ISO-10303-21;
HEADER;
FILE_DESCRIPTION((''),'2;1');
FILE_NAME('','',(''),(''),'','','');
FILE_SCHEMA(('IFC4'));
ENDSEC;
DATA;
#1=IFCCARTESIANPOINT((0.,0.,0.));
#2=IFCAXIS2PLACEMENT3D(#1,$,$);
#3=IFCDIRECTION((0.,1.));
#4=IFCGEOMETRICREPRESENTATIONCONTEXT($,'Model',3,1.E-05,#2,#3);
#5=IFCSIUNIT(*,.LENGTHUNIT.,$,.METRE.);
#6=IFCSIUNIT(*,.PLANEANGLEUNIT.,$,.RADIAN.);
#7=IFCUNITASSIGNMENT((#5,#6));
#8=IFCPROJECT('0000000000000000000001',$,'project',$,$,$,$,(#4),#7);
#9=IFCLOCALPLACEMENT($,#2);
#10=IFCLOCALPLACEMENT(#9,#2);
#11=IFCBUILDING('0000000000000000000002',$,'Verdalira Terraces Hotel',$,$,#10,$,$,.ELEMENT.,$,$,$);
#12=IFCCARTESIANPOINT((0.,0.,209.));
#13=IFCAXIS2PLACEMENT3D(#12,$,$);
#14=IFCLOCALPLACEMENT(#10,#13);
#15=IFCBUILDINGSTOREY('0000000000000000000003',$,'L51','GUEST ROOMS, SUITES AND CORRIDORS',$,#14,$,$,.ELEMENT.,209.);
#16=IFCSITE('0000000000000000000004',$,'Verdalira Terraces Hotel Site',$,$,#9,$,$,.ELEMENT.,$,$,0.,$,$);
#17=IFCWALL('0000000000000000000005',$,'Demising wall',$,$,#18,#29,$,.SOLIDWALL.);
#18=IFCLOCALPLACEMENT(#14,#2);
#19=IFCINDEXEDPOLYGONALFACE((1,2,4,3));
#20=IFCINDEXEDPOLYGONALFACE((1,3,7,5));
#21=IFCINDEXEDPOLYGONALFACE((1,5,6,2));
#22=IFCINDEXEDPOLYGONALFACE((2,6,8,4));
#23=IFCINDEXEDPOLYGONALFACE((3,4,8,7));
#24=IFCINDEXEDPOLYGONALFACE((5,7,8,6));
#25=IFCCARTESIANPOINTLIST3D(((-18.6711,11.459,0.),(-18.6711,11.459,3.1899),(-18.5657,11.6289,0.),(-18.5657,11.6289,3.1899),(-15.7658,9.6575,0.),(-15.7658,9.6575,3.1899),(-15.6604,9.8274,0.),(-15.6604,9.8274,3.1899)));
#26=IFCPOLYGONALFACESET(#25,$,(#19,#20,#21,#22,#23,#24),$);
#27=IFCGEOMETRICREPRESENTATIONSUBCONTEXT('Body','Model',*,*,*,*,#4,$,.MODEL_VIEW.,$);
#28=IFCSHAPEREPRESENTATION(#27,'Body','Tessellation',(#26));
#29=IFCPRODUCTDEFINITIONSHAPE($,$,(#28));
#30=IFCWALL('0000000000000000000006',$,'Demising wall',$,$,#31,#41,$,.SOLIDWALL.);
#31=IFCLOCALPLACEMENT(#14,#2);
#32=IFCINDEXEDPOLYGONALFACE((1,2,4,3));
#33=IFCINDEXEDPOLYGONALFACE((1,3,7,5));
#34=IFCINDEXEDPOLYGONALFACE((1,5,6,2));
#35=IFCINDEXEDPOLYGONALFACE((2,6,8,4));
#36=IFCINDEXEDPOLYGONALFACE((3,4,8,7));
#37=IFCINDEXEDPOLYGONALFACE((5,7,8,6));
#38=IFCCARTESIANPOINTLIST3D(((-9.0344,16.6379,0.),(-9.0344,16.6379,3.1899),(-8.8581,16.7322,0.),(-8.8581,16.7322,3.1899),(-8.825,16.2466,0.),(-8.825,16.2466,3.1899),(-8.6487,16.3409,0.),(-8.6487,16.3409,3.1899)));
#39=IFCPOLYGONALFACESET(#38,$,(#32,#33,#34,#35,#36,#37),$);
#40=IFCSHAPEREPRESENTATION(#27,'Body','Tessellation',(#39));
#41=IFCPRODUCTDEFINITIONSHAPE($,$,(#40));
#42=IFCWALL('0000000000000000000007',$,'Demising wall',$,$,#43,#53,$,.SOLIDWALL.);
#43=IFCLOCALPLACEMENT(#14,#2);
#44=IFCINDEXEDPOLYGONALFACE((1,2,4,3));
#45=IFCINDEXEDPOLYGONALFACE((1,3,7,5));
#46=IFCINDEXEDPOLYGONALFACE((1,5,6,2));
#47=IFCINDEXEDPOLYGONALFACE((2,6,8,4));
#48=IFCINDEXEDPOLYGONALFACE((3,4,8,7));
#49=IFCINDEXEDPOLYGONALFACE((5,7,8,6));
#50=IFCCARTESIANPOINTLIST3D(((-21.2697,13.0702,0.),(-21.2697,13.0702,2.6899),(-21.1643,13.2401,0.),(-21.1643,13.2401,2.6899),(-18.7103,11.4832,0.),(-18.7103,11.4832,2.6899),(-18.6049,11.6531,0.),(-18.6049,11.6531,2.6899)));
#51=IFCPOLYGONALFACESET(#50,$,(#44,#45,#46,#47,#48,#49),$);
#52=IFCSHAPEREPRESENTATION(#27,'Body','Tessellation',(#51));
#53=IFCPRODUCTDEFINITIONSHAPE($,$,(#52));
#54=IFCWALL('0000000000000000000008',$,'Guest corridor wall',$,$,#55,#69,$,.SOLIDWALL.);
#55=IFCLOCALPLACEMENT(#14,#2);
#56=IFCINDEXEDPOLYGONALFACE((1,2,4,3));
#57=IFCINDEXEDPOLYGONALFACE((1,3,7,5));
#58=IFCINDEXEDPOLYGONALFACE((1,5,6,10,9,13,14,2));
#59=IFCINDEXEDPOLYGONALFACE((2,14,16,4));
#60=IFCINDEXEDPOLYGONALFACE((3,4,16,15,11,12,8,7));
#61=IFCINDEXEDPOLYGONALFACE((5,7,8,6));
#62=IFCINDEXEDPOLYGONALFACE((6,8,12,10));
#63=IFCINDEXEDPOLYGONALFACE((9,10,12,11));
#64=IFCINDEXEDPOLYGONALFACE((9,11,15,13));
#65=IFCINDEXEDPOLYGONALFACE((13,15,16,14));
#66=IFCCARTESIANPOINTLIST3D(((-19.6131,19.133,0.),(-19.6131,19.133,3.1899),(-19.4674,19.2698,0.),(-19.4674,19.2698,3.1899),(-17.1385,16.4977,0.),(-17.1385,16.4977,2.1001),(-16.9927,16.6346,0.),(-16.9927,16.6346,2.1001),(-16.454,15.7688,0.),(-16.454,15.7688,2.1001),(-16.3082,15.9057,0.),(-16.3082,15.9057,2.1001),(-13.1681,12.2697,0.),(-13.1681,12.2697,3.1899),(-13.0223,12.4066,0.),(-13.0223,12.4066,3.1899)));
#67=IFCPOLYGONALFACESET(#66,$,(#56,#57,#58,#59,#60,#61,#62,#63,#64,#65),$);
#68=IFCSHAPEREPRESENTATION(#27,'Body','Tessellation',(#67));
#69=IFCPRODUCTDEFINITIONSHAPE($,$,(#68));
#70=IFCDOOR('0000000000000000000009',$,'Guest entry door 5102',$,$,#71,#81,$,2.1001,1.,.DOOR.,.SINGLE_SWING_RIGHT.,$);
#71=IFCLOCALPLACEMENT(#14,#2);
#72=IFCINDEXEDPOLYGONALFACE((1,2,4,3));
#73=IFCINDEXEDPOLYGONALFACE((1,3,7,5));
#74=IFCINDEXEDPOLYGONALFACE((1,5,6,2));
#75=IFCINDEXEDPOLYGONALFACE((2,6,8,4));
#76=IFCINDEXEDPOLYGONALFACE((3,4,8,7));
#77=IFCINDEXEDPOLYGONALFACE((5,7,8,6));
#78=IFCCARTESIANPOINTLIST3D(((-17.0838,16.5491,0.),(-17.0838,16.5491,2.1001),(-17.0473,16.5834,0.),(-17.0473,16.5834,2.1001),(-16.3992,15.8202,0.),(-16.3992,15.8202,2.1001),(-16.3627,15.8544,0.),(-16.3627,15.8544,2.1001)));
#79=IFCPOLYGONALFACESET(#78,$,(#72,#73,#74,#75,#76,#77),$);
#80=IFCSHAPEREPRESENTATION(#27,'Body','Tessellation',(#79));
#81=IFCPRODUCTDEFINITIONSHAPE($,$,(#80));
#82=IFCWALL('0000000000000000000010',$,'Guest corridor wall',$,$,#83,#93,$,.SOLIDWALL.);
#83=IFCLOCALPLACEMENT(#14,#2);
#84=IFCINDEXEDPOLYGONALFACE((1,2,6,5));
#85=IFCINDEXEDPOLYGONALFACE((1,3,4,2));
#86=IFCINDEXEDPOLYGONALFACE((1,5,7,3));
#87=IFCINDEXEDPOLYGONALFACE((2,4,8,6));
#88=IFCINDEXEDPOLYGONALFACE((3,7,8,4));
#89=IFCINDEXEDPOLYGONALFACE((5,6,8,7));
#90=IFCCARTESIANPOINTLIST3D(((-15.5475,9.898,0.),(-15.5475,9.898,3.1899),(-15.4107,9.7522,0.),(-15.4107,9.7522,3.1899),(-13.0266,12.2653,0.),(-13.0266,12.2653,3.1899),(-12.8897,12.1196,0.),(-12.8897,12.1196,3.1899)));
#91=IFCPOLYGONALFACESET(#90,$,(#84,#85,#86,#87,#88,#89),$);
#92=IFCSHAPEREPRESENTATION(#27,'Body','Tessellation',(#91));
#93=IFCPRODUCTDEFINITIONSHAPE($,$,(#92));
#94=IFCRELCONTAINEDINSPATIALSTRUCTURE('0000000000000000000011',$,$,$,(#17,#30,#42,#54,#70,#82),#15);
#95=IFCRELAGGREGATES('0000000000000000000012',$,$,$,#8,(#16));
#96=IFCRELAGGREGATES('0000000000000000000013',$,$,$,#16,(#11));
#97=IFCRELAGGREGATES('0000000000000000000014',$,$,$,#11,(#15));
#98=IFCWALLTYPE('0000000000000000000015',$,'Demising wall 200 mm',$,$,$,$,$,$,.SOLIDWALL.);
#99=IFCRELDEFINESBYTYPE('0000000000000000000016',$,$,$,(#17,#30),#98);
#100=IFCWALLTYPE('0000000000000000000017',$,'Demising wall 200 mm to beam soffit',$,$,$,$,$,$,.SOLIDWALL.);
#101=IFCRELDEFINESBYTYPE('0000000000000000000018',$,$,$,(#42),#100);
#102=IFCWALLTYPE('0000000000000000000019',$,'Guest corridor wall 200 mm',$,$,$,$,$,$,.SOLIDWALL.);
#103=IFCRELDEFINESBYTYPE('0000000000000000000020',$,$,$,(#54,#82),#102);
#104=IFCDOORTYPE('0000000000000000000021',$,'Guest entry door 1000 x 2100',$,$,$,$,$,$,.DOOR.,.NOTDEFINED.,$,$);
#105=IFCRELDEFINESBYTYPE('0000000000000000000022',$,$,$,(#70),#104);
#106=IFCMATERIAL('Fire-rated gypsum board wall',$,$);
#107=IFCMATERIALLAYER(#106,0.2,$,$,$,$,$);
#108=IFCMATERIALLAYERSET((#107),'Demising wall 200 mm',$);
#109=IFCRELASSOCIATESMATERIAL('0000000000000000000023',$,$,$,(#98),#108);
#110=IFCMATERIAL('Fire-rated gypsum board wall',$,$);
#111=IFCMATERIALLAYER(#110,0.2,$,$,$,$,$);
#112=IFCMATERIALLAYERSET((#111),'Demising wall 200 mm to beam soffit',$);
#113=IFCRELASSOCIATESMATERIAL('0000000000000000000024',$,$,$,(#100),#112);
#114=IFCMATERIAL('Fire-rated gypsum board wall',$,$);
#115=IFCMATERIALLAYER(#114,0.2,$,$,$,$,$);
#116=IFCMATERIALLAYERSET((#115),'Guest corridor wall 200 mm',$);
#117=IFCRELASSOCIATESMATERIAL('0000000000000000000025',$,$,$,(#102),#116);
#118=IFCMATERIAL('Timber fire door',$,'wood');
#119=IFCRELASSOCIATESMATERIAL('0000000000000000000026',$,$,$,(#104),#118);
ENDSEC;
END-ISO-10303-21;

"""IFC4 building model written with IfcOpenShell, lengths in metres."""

from ifc_helpers import new_model, si_unit, direction, frame, frame_2d, origin, place, context, subcontext, project, spatial, rectangle, extrude, material, layer, layer_set, type_object, element, fill, save


model = new_model("IFC4")

# Units and contexts
model_context = context("Model", 3, precision=1e-05, world=origin(), true_north=direction((0.0, 1.0)))
body_context = subcontext(model_context, "Body", "Model", "MODEL_VIEW")
ifc_project = project(units=[si_unit("LENGTHUNIT", "METRE"), si_unit("PLANEANGLEUNIT", "RADIAN")], contexts=[model_context])

# Site, building, storey
site_placement = place(None, origin())
site = spatial("IfcSite", under=ifc_project, at=site_placement, Name="Verdalira Terraces Hotel Site", CompositionType="ELEMENT", RefElevation=0.0)
building_placement = place(site_placement, origin())
building = spatial("IfcBuilding", under=site, at=building_placement, Name="Verdalira Terraces Hotel", CompositionType="ELEMENT")
storey_placement = place(building_placement, frame((0.0, 0.0, 209.0)))
storey = spatial("IfcBuildingStorey", under=building, at=storey_placement, Name="L51", Description="GUEST ROOMS, SUITES AND CORRIDORS", CompositionType="ELEMENT", Elevation=209.0)

# Walls
ifc_material_1 = material(Name="Fire-rated gypsum board wall")
ifc_layer_1 = layer(ifc_material_1, 0.2)
ifc_layer_set_1 = layer_set([ifc_layer_1], Name="Demising wall 200 mm")
wall_type_1 = type_object("IfcWallType", Name="Demising wall 200 mm", PredefinedType="SOLIDWALL", material=ifc_layer_set_1)
wall_1_placement = place(storey_placement, frame((-15.7131, 9.7424, 0.0), z_axis=(0.0, 0.0, 1.0), x_axis=(-0.849871, 0.526991, 0.0)))
element("IfcWall", 1, at=wall_1_placement, inside=storey, type_object=wall_type_1, Name="Demising wall", PredefinedType="SOLIDWALL", context=body_context, shape_type="SweptSolid", body=[
    extrude(rectangle(XDim=3.4185, YDim=0.2, at=frame_2d((1.7092, 0.0))), origin(), (0.0, 0.0, 1.0), 3.1899),
])
wall_2_placement = place(storey_placement, frame((-8.9463, 16.6851, 0.0), z_axis=(0.0, 0.0, 1.0), x_axis=(0.471901, -0.881652, 0.0)))
element("IfcWall", 2, at=wall_2_placement, inside=storey, type_object=wall_type_1, Name="Demising wall", PredefinedType="SOLIDWALL", context=body_context, shape_type="SweptSolid", body=[
    extrude(rectangle(XDim=0.4438, YDim=0.2, at=frame_2d((0.2219, 0.0))), origin(), (0.0, 0.0, 1.0), 3.1899),
])
ifc_material_2 = material(Name="Fire-rated gypsum board wall")
ifc_layer_2 = layer(ifc_material_2, 0.2)
ifc_layer_set_2 = layer_set([ifc_layer_2], Name="Demising wall 200 mm to beam soffit")
wall_type_2 = type_object("IfcWallType", Name="Demising wall 200 mm to beam soffit", PredefinedType="SOLIDWALL", material=ifc_layer_set_2)
wall_3_placement = place(storey_placement, frame((-18.6575, 11.5681, 0.0), z_axis=(0.0, 0.0, 1.0), x_axis=(-0.849883, 0.526971, 0.0)))
element("IfcWall", 3, at=wall_3_placement, inside=storey, type_object=wall_type_2, Name="Demising wall", PredefinedType="SOLIDWALL", context=body_context, shape_type="SweptSolid", body=[
    extrude(rectangle(XDim=3.0115, YDim=0.2, at=frame_2d((1.5059, 0.0))), origin(), (0.0, 0.0, 1.0), 2.6899),
])

# Wall, opening, door
ifc_material_3 = material(Name="Fire-rated gypsum board wall")
ifc_layer_3 = layer(ifc_material_3, 0.2)
ifc_layer_set_3 = layer_set([ifc_layer_3], Name="Guest corridor wall 200 mm")
wall_type_3 = type_object("IfcWallType", Name="Guest corridor wall 200 mm", PredefinedType="SOLIDWALL", material=ifc_layer_set_3)
wall_4_placement = place(storey_placement, frame((-13.0952, 12.3381, 0.0), z_axis=(0.0, 0.0, 1.0), x_axis=(-0.684548, 0.728968, 0.0)))
wall_4 = element("IfcWall", 4, at=wall_4_placement, inside=storey, type_object=wall_type_3, Name="Guest corridor wall", PredefinedType="SOLIDWALL", context=body_context, shape_type="SweptSolid", body=[
    extrude(rectangle(XDim=9.415, YDim=0.2, at=frame_2d((4.7075, 0.0))), origin(), (0.0, 0.0, 1.0), 3.1899),
])
opening_1_placement = place(wall_4_placement, frame((4.8, 0.0, 0.0)))
opening_1 = element("IfcOpeningElement", 5, at=opening_1_placement, cuts=wall_4, PredefinedType="OPENING", context=body_context, shape_type="SweptSolid", body=[
    extrude(rectangle(XDim=1.0, YDim=2.1001, at=frame_2d((0.5, 1.05))), frame((0.0, 0.1099, 0.0), z_axis=(0.0, -1.0, 0.0), x_axis=(1.0, 0.0, 0.0)), (0.0, 0.0, 1.0), 0.22),
])
ifc_material_4 = material(Name="Timber fire door", Category="wood")
door_type_1 = type_object("IfcDoorType", Name="Guest entry door 1000 x 2100", OperationType="NOTDEFINED", PredefinedType="DOOR", material=ifc_material_4)
door_1_placement = place(opening_1_placement, origin())
door_1 = element("IfcDoor", 6, at=door_1_placement, inside=storey, type_object=door_type_1, Name="Guest entry door 5102", OperationType="SINGLE_SWING_RIGHT", OverallHeight=2.1001, OverallWidth=1.0, PredefinedType="DOOR", context=body_context, shape_type="SweptSolid", body=[
    extrude(rectangle(XDim=1.0, YDim=2.1001, at=frame_2d((0.5, 1.05))), frame((0.0, 0.0249, 0.0), z_axis=(0.0, -1.0, 0.0), x_axis=(1.0, 0.0, 0.0)), (0.0, 0.0, 1.0), 0.05),
])
fill(opening_1, door_1)

# Wall
wall_5_placement = place(storey_placement, frame((-12.9583, 12.1924, 0.0), z_axis=(0.0, 0.0, 1.0), x_axis=(-0.72896, -0.684556, 0.0)))
element("IfcWall", 7, at=wall_5_placement, inside=storey, type_object=wall_type_3, Name="Guest corridor wall", PredefinedType="SOLIDWALL", context=body_context, shape_type="SweptSolid", body=[
    extrude(rectangle(XDim=3.4583, YDim=0.2, at=frame_2d((1.729, 0.0))), origin(), (0.0, 0.0, 1.0), 3.1899),
])

save(model, "model.ifc")
